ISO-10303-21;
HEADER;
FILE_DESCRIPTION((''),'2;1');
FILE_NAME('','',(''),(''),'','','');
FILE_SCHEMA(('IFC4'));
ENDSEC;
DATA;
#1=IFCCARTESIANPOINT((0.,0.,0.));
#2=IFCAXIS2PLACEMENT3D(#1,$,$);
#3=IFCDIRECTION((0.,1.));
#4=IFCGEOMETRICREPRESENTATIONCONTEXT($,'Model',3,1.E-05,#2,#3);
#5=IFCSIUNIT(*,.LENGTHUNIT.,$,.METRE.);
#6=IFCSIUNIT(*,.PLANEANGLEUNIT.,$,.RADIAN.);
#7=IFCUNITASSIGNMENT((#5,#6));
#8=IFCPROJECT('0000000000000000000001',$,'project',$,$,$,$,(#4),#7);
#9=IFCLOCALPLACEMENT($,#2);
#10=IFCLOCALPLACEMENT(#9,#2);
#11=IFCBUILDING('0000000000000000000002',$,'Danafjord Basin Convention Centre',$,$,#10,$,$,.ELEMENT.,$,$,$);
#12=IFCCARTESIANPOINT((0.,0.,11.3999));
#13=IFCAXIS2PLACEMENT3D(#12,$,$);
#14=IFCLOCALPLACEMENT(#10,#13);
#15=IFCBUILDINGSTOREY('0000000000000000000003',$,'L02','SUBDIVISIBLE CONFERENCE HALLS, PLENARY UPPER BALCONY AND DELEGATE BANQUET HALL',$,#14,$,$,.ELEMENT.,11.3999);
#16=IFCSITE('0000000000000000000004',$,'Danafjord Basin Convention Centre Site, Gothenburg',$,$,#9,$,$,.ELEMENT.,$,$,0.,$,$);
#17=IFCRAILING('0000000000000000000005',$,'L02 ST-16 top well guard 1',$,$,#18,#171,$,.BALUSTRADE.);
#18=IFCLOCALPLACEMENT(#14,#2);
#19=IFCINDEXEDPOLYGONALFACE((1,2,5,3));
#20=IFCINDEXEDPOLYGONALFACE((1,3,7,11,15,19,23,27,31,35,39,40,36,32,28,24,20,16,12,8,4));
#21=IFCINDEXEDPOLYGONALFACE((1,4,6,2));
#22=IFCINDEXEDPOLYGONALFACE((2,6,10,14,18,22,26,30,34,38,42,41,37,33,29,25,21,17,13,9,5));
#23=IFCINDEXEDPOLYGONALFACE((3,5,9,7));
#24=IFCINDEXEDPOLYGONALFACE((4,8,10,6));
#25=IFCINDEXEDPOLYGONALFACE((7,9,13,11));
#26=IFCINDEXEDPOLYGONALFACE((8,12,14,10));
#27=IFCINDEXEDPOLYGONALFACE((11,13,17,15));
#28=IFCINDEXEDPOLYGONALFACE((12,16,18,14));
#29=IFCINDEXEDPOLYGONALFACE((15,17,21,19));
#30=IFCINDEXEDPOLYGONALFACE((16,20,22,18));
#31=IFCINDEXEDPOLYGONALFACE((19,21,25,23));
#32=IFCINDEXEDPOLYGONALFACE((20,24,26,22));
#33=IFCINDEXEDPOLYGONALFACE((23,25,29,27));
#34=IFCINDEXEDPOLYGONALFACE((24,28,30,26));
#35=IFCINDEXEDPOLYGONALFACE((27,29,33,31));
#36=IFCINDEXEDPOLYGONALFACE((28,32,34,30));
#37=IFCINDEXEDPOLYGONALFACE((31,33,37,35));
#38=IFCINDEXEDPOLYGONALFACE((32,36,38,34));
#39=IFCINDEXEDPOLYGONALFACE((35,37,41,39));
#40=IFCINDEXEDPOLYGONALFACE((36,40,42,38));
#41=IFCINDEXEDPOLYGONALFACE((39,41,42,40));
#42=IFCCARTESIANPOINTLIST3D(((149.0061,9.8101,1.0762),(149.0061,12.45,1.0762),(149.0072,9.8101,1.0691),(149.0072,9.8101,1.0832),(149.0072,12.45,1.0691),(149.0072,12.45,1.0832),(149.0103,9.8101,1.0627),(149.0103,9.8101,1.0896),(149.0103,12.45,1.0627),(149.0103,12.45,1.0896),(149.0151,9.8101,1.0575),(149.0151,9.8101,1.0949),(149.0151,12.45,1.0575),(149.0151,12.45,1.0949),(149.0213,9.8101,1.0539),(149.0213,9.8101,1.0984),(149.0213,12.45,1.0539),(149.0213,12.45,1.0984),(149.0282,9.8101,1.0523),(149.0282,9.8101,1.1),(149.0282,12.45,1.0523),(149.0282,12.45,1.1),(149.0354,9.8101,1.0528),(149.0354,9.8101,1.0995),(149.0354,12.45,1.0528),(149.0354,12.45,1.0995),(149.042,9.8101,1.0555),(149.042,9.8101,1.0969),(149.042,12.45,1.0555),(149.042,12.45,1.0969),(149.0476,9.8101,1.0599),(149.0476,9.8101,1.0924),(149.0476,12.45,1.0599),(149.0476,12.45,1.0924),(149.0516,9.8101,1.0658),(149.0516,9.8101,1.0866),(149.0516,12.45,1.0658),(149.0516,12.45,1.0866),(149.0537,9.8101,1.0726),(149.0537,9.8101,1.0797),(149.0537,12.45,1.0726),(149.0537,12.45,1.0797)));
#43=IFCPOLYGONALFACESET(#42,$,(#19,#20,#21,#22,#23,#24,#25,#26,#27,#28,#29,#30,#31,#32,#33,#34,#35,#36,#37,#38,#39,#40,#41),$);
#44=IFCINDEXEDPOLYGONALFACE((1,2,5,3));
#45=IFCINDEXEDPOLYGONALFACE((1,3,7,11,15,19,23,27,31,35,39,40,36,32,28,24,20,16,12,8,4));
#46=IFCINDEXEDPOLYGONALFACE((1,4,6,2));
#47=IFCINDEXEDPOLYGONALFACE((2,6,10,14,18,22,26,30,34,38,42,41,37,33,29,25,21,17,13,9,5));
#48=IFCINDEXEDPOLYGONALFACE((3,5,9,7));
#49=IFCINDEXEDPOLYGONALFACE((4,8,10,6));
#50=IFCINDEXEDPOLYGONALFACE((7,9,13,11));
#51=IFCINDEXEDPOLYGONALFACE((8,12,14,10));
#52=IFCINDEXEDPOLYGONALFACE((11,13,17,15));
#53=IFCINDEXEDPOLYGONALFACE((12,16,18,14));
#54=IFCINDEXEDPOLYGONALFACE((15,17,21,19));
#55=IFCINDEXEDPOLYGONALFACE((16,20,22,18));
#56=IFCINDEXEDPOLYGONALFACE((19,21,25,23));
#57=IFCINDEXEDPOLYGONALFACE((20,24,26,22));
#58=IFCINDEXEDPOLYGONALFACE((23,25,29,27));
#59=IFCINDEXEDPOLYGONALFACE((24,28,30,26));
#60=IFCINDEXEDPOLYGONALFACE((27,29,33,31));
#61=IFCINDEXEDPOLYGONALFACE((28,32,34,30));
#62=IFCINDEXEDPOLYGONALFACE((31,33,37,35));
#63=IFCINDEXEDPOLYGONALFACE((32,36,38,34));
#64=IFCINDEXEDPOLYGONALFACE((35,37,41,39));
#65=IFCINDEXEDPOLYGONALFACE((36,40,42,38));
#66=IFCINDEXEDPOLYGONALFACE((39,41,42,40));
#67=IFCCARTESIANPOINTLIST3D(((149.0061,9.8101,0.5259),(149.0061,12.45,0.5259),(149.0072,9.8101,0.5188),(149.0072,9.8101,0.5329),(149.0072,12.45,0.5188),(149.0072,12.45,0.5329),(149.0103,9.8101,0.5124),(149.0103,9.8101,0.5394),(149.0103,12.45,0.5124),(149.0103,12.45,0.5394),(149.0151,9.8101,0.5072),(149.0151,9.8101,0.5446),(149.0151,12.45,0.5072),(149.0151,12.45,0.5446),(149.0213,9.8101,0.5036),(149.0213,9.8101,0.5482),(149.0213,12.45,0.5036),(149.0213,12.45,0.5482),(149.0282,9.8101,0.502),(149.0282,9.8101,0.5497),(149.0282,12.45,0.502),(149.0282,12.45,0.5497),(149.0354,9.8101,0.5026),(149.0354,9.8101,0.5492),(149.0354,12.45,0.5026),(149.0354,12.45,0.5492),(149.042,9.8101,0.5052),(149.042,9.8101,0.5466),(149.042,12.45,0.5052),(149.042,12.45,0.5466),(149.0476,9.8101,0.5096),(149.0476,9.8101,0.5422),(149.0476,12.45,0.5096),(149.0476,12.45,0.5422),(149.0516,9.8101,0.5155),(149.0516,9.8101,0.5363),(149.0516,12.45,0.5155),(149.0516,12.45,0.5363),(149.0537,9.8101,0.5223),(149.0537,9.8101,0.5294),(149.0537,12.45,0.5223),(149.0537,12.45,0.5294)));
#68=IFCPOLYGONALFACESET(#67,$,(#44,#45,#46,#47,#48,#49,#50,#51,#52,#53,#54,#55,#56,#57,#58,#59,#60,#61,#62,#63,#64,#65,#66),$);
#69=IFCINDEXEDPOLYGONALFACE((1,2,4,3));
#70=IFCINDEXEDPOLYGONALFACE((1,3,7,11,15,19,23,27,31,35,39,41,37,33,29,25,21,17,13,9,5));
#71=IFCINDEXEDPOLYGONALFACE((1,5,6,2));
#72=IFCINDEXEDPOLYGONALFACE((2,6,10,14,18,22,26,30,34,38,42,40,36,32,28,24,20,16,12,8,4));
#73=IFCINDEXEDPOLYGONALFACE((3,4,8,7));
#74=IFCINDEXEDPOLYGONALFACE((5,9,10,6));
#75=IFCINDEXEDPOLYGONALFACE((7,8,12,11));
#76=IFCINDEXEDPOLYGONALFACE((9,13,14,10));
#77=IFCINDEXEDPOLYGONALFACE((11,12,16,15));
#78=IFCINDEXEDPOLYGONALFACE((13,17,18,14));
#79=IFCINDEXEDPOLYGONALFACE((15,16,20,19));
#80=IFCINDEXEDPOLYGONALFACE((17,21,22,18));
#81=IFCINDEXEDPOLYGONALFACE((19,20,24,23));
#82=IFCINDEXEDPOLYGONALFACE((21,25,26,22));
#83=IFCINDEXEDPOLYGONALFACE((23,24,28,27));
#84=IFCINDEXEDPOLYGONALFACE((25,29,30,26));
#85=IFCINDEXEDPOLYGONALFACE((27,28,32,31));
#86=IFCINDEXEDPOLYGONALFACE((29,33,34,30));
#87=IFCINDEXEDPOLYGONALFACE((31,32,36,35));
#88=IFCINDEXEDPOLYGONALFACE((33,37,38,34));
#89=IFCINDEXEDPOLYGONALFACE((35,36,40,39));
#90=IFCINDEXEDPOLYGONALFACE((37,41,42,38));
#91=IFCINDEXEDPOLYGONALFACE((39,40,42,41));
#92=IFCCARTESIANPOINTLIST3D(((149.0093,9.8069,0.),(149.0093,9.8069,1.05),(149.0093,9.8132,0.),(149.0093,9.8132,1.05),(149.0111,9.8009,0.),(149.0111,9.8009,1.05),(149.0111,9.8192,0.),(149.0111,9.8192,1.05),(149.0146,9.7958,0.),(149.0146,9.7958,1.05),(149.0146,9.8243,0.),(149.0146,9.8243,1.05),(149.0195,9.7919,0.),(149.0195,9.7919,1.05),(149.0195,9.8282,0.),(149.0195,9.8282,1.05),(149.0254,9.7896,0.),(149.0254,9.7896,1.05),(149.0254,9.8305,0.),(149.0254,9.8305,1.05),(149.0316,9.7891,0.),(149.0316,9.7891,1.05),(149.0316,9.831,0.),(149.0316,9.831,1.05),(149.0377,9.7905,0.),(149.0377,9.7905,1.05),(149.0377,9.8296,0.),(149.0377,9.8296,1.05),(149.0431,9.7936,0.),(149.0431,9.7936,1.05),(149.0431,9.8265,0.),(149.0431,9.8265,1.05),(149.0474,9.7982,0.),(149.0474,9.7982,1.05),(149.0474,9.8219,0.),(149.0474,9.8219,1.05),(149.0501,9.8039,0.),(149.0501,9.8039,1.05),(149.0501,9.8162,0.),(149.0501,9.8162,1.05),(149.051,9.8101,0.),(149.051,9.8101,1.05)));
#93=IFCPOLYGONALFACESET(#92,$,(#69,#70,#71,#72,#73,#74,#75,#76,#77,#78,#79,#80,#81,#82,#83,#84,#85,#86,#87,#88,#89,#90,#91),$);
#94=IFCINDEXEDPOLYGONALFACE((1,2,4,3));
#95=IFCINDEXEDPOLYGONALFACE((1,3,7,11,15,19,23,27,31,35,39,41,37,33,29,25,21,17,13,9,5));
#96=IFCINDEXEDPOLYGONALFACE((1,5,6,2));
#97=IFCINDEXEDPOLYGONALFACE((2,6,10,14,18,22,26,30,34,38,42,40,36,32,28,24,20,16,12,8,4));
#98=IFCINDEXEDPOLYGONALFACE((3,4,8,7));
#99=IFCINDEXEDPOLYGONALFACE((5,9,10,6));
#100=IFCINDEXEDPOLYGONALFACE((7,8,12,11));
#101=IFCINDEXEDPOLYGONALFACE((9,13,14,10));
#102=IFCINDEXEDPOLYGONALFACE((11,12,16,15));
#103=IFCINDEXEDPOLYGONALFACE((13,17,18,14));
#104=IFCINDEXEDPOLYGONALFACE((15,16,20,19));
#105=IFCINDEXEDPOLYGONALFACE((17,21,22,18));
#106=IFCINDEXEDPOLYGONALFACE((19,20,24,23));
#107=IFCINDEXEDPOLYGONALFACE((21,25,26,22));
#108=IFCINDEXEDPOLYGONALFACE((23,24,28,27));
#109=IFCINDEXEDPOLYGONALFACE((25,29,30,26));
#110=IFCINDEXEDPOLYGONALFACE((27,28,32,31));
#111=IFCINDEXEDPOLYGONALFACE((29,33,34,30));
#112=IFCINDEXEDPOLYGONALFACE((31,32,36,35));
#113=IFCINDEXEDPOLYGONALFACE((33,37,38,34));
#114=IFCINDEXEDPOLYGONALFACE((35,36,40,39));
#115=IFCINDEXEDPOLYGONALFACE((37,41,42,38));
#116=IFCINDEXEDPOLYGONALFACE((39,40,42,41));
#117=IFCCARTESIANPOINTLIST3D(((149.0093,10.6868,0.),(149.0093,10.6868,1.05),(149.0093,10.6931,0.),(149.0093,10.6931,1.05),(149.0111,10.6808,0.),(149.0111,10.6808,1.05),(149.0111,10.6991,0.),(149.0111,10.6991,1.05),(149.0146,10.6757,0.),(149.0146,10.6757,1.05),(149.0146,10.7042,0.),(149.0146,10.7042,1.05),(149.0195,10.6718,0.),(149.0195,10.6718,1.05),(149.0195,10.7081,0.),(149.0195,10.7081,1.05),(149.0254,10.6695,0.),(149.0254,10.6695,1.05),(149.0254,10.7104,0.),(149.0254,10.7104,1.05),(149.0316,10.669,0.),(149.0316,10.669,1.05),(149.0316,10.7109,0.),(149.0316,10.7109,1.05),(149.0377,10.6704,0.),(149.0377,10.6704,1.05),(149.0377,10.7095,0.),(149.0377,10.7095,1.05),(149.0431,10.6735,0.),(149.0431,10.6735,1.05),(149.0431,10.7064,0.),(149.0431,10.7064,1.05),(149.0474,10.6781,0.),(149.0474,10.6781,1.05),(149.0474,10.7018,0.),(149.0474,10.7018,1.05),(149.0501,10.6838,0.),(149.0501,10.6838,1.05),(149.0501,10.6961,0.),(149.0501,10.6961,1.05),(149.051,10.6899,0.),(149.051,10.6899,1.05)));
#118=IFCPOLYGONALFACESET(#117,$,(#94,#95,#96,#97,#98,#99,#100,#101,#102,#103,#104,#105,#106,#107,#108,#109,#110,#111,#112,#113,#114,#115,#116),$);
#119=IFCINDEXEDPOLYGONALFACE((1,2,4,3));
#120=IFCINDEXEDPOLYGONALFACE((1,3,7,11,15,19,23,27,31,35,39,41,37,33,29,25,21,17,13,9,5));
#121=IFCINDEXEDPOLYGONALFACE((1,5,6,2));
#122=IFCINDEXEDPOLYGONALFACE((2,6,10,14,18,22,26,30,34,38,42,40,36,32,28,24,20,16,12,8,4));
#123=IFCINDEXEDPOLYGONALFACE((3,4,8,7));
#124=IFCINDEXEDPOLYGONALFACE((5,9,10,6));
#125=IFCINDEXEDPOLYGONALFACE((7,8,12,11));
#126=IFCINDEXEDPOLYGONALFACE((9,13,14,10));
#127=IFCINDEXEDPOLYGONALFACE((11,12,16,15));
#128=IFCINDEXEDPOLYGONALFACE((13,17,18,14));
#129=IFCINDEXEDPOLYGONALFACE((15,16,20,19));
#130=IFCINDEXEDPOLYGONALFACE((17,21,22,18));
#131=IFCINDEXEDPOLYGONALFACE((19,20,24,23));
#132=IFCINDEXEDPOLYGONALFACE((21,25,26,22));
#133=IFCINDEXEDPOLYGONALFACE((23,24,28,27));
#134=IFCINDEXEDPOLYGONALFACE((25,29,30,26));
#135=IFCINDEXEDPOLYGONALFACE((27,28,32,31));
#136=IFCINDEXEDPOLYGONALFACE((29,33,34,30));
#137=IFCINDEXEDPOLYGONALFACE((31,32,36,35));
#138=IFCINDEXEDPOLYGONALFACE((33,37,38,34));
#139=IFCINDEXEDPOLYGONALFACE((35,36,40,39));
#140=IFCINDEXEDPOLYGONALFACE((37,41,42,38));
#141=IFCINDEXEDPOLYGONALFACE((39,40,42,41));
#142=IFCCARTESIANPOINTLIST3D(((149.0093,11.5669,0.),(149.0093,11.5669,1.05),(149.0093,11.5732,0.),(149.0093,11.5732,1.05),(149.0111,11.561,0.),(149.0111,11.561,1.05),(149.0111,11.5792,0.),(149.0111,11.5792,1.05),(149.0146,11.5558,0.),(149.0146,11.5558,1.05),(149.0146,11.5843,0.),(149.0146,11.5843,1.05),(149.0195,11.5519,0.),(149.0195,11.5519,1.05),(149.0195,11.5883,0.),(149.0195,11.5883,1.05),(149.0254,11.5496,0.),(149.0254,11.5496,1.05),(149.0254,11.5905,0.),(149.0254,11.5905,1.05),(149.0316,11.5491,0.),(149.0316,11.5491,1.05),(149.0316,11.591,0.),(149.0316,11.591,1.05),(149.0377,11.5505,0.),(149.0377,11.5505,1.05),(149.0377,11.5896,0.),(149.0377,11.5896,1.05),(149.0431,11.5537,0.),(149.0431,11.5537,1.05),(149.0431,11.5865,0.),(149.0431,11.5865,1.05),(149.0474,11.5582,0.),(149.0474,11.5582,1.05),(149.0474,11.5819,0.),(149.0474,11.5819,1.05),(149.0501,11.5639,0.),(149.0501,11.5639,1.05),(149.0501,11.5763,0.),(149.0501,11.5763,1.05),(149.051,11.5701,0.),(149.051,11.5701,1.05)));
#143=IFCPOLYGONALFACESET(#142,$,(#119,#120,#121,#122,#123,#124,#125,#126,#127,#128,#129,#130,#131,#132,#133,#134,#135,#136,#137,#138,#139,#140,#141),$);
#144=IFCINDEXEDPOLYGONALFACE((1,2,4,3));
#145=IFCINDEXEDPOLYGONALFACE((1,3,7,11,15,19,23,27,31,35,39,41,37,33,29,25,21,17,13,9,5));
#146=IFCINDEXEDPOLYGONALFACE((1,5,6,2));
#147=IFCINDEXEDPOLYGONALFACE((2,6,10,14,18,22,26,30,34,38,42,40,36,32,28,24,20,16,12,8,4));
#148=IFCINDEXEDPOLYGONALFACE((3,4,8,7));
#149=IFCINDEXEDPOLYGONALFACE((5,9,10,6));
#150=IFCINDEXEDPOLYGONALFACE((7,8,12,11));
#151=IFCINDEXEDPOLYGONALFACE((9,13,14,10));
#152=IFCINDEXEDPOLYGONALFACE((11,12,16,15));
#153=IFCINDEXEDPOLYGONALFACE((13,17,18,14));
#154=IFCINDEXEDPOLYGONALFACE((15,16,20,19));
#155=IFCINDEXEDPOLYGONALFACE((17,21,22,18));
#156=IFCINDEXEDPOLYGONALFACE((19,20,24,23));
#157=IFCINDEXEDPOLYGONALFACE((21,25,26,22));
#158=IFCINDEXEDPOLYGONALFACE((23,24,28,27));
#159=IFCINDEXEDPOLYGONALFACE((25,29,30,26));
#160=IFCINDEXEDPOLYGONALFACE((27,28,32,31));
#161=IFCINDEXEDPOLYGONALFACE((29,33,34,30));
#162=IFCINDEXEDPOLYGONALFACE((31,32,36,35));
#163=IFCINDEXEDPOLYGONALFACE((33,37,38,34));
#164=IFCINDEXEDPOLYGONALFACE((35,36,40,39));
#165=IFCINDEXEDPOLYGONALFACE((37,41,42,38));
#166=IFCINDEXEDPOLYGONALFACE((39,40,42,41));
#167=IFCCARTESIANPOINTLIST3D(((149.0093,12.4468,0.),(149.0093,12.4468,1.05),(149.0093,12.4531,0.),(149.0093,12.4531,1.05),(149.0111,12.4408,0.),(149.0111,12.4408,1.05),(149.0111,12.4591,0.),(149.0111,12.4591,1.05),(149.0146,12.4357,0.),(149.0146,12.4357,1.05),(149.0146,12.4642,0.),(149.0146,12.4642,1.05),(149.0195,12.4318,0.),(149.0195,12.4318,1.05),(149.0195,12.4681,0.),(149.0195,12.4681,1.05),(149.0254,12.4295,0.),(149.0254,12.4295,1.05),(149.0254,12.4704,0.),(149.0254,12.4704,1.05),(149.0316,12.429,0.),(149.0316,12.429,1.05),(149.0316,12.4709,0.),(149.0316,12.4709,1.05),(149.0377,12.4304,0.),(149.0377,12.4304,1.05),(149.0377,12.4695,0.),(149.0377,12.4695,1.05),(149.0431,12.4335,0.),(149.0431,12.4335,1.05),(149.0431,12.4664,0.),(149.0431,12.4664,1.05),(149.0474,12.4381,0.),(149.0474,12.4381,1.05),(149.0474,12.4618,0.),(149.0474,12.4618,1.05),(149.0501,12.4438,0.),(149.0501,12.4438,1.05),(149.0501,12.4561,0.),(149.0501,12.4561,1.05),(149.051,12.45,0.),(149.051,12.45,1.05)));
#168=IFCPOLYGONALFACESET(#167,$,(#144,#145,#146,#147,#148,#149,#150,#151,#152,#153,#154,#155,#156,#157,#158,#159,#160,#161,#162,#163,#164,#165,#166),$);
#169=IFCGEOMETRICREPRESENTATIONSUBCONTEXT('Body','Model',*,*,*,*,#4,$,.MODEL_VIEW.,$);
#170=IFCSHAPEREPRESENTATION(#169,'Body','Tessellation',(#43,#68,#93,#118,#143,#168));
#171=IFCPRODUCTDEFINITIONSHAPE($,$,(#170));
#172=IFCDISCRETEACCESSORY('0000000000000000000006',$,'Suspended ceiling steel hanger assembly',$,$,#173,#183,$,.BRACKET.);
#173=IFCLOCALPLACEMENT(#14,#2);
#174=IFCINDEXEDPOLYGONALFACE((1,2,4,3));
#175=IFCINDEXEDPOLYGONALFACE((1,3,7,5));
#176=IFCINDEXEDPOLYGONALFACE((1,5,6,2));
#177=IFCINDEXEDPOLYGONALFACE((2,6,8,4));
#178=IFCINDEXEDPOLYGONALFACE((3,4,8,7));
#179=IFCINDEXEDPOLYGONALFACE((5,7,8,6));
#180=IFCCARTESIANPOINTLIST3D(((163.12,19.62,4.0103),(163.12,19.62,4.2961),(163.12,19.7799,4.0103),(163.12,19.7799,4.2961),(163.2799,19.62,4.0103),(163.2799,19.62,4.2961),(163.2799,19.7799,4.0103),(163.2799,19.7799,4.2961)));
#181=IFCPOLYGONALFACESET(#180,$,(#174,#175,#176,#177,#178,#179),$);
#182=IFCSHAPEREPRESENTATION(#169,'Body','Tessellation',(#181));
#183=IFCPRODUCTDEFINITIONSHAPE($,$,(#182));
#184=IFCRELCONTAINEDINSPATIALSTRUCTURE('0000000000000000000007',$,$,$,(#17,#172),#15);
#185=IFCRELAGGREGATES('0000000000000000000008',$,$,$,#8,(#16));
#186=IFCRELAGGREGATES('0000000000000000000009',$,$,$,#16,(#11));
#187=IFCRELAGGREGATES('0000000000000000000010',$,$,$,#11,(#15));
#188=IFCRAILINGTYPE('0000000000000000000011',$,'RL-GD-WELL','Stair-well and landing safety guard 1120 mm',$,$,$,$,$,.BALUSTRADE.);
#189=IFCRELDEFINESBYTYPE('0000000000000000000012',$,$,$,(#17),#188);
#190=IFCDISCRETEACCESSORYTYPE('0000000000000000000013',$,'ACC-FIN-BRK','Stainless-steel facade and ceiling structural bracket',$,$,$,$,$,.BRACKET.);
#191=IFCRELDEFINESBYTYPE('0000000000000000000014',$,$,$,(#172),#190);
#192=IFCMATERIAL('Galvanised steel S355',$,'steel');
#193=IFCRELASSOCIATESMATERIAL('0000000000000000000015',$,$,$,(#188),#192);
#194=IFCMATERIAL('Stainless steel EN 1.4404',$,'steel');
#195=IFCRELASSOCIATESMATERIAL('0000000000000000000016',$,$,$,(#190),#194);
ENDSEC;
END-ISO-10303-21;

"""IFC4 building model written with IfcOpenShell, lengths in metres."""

from ifc_helpers import new_model, si_unit, direction, frame, origin, origin_2d, place, context, subcontext, project, spatial, rectangle, circle, extrude, material, type_object, element, save


model = new_model("IFC4")

# Units and contexts
model_context = context("Model", 3, precision=1e-05, world=origin(), true_north=direction((0.0, 1.0)))
body_context = subcontext(model_context, "Body", "Model", "MODEL_VIEW")
ifc_project = project(units=[si_unit("LENGTHUNIT", "METRE"), si_unit("PLANEANGLEUNIT", "RADIAN")], contexts=[model_context])

# Site, building, storey
site_placement = place(None, origin())
site = spatial("IfcSite", under=ifc_project, at=site_placement, Name="Danafjord Basin Convention Centre Site, Gothenburg", CompositionType="ELEMENT", RefElevation=0.0)
building_placement = place(site_placement, origin())
building = spatial("IfcBuilding", under=site, at=building_placement, Name="Danafjord Basin Convention Centre", CompositionType="ELEMENT")
storey_placement = place(building_placement, frame((0.0, 0.0, 11.3999)))
storey = spatial("IfcBuildingStorey", under=building, at=storey_placement, Name="L02", Description="SUBDIVISIBLE CONFERENCE HALLS, PLENARY UPPER BALCONY AND DELEGATE BANQUET HALL", CompositionType="ELEMENT", Elevation=11.3999)

# Railing
ifc_material_1 = material(Name="Galvanised steel S355", Category="steel")
railing_type_1 = type_object("IfcRailingType", Name="RL-GD-WELL", Description="Stair-well and landing safety guard 1120 mm", PredefinedType="BALUSTRADE", material=ifc_material_1)
railing_1_placement = place(storey_placement, frame((149.03, 9.8101, 0.0)))
element("IfcRailing", 1, at=railing_1_placement, inside=storey, type_object=railing_type_1, Name="L02 ST-16 top well guard 1", PredefinedType="BALUSTRADE", context=body_context, shape_type="SweptSolid", body=[
    extrude(circle(Radius=0.0239, at=origin_2d()), frame((0.0, 0.0, 1.0762), z_axis=(0.0, 1.0, 0.0), x_axis=(-1.0, 0.0, 0.0)), (0.0, 0.0, 1.0), 2.6399),
    extrude(circle(Radius=0.0239, at=origin_2d()), frame((0.0, 0.0, 0.5259), z_axis=(0.0, 1.0, 0.0), x_axis=(-1.0, 0.0, 0.0)), (0.0, 0.0, 1.0), 2.6399),
    extrude(circle(Radius=0.021, at=origin_2d()), origin(), (0.0, 0.0, 1.0), 1.05),
    extrude(circle(Radius=0.021, at=origin_2d()), frame((0.0, 0.8799, 0.0)), (0.0, 0.0, 1.0), 1.05),
    extrude(circle(Radius=0.021, at=origin_2d()), frame((0.0, 1.76, 0.0)), (0.0, 0.0, 1.0), 1.05),
    extrude(circle(Radius=0.021, at=origin_2d()), frame((0.0, 2.6399, 0.0)), (0.0, 0.0, 1.0), 1.05),
])

# Discrete accessory
ifc_material_2 = material(Name="Stainless steel EN 1.4404", Category="steel")
discrete_accessory_type = type_object("IfcDiscreteAccessoryType", Name="ACC-FIN-BRK", Description="Stainless-steel facade and ceiling structural bracket", PredefinedType="BRACKET", material=ifc_material_2)
discrete_accessory_placement = place(storey_placement, frame((163.2, 19.7, 4.0103), z_axis=(0.0, 0.0, 1.0), x_axis=(1.0, 0.0, 0.0)))
element("IfcDiscreteAccessory", 2, at=discrete_accessory_placement, inside=storey, type_object=discrete_accessory_type, Name="Suspended ceiling steel hanger assembly", PredefinedType="BRACKET", context=body_context, shape_type="SweptSolid", body=[
    extrude(rectangle(XDim=0.1599, YDim=0.1599, at=origin_2d()), origin(), (0.0, 0.0, 1.0), 0.2859),
])

save(model, "model.ifc")
